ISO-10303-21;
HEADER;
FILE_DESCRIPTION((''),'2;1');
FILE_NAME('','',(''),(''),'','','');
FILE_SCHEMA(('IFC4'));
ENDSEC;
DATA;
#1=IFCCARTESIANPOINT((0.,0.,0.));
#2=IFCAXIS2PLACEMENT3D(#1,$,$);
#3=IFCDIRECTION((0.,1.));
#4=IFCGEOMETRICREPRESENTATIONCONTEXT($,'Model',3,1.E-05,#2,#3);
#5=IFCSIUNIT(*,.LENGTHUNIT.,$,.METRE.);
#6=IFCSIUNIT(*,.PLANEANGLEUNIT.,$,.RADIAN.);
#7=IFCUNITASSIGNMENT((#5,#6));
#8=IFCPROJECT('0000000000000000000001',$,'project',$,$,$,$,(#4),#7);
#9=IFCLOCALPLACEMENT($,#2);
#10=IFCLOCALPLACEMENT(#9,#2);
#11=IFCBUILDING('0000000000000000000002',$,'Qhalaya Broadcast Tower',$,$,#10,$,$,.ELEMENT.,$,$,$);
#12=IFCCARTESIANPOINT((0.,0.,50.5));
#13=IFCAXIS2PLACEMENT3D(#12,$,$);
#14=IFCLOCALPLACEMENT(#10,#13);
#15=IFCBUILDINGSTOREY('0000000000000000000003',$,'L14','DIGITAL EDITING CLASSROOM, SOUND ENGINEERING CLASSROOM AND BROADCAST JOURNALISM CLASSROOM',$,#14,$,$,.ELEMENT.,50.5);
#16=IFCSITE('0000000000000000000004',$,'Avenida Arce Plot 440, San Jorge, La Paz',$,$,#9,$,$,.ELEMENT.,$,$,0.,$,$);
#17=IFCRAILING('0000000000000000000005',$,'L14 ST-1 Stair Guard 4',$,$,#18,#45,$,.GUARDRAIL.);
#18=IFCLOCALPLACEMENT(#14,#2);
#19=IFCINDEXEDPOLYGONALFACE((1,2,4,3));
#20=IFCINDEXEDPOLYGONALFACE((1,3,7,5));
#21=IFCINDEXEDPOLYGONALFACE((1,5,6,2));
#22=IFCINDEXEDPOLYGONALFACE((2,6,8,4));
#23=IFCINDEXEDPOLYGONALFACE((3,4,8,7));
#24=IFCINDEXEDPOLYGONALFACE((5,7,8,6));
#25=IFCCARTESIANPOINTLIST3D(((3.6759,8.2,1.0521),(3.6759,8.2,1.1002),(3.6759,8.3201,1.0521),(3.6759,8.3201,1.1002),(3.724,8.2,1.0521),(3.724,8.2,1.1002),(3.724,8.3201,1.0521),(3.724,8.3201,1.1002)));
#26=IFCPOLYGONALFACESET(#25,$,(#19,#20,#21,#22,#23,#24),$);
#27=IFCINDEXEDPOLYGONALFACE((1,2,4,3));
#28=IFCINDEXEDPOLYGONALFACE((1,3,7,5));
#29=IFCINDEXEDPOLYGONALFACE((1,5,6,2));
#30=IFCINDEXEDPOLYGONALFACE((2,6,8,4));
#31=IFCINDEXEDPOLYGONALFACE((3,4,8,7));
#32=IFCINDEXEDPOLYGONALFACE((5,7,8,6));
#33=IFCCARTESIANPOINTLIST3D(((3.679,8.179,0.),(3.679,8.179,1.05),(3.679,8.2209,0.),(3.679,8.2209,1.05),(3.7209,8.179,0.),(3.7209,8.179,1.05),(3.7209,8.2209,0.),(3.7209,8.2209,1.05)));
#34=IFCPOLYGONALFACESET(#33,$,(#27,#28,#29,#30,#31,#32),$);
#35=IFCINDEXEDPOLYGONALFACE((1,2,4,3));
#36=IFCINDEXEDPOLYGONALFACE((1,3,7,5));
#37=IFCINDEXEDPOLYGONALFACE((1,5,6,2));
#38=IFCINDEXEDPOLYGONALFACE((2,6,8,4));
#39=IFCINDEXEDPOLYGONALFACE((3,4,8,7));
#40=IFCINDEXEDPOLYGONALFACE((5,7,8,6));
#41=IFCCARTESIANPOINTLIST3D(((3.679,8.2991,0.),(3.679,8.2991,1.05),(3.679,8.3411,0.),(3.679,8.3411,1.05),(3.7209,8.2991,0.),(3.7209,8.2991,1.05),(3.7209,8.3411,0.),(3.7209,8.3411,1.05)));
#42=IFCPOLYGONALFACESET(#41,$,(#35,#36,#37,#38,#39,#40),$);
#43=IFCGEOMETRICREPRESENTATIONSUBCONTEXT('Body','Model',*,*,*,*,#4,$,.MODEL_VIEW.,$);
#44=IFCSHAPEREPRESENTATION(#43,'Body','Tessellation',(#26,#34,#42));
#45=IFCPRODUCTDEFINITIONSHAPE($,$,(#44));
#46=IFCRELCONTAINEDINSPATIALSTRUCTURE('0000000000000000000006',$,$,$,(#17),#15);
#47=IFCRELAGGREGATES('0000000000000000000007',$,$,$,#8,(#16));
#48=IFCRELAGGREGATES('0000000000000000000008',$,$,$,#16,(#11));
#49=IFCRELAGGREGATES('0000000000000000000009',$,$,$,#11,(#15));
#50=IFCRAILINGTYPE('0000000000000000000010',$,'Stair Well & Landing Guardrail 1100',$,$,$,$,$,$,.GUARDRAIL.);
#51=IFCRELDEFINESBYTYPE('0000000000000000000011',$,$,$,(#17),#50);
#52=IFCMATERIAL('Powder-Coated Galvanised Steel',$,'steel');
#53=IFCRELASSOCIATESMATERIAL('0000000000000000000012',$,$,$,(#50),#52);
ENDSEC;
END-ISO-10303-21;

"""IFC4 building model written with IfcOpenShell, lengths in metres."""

from ifc_helpers import new_model, si_unit, direction, frame, origin, origin_2d, place, context, subcontext, project, spatial, rectangle, extrude, material, type_object, element, save


model = new_model("IFC4")

# Units and contexts
model_context = context("Model", 3, precision=1e-05, world=origin(), true_north=direction((0.0, 1.0)))
body_context = subcontext(model_context, "Body", "Model", "MODEL_VIEW")
ifc_project = project(units=[si_unit("LENGTHUNIT", "METRE"), si_unit("PLANEANGLEUNIT", "RADIAN")], contexts=[model_context])

# Site, building, storey
site_placement = place(None, origin())
site = spatial("IfcSite", under=ifc_project, at=site_placement, Name="Avenida Arce Plot 440, San Jorge, La Paz", CompositionType="ELEMENT", RefElevation=0.0)
building_placement = place(site_placement, origin())
building = spatial("IfcBuilding", under=site, at=building_placement, Name="Qhalaya Broadcast Tower", CompositionType="ELEMENT")
storey_placement = place(building_placement, frame((0.0, 0.0, 50.5)))
storey = spatial("IfcBuildingStorey", under=building, at=storey_placement, Name="L14", Description="DIGITAL EDITING CLASSROOM, SOUND ENGINEERING CLASSROOM AND BROADCAST JOURNALISM CLASSROOM", CompositionType="ELEMENT", Elevation=50.5)

# Railing
ifc_material_1 = material(Name="Powder-Coated Galvanised Steel", Category="steel")
railing_type_1 = type_object("IfcRailingType", Name="Stair Well & Landing Guardrail 1100", PredefinedType="GUARDRAIL", material=ifc_material_1)
railing_1_placement = place(storey_placement, frame((3.7, 8.2, 0.0)))
element("IfcRailing", 1, at=railing_1_placement, inside=storey, type_object=railing_type_1, Name="L14 ST-1 Stair Guard 4", PredefinedType="GUARDRAIL", context=body_context, shape_type="SweptSolid", body=[
    extrude(rectangle(XDim=0.0481, YDim=0.0481, at=origin_2d()), frame((0.0, 0.0, 1.0762), z_axis=(0.0, 1.0, 0.0), x_axis=(-1.0, 0.0, 0.0)), (0.0, 0.0, 1.0), 0.1201),
    extrude(rectangle(XDim=0.042, YDim=0.042, at=origin_2d()), origin(), (0.0, 0.0, 1.0), 1.05),
    extrude(rectangle(XDim=0.042, YDim=0.042, at=origin_2d()), frame((0.0, 0.1201, 0.0)), (0.0, 0.0, 1.0), 1.05),
])

save(model, "model.ifc")
